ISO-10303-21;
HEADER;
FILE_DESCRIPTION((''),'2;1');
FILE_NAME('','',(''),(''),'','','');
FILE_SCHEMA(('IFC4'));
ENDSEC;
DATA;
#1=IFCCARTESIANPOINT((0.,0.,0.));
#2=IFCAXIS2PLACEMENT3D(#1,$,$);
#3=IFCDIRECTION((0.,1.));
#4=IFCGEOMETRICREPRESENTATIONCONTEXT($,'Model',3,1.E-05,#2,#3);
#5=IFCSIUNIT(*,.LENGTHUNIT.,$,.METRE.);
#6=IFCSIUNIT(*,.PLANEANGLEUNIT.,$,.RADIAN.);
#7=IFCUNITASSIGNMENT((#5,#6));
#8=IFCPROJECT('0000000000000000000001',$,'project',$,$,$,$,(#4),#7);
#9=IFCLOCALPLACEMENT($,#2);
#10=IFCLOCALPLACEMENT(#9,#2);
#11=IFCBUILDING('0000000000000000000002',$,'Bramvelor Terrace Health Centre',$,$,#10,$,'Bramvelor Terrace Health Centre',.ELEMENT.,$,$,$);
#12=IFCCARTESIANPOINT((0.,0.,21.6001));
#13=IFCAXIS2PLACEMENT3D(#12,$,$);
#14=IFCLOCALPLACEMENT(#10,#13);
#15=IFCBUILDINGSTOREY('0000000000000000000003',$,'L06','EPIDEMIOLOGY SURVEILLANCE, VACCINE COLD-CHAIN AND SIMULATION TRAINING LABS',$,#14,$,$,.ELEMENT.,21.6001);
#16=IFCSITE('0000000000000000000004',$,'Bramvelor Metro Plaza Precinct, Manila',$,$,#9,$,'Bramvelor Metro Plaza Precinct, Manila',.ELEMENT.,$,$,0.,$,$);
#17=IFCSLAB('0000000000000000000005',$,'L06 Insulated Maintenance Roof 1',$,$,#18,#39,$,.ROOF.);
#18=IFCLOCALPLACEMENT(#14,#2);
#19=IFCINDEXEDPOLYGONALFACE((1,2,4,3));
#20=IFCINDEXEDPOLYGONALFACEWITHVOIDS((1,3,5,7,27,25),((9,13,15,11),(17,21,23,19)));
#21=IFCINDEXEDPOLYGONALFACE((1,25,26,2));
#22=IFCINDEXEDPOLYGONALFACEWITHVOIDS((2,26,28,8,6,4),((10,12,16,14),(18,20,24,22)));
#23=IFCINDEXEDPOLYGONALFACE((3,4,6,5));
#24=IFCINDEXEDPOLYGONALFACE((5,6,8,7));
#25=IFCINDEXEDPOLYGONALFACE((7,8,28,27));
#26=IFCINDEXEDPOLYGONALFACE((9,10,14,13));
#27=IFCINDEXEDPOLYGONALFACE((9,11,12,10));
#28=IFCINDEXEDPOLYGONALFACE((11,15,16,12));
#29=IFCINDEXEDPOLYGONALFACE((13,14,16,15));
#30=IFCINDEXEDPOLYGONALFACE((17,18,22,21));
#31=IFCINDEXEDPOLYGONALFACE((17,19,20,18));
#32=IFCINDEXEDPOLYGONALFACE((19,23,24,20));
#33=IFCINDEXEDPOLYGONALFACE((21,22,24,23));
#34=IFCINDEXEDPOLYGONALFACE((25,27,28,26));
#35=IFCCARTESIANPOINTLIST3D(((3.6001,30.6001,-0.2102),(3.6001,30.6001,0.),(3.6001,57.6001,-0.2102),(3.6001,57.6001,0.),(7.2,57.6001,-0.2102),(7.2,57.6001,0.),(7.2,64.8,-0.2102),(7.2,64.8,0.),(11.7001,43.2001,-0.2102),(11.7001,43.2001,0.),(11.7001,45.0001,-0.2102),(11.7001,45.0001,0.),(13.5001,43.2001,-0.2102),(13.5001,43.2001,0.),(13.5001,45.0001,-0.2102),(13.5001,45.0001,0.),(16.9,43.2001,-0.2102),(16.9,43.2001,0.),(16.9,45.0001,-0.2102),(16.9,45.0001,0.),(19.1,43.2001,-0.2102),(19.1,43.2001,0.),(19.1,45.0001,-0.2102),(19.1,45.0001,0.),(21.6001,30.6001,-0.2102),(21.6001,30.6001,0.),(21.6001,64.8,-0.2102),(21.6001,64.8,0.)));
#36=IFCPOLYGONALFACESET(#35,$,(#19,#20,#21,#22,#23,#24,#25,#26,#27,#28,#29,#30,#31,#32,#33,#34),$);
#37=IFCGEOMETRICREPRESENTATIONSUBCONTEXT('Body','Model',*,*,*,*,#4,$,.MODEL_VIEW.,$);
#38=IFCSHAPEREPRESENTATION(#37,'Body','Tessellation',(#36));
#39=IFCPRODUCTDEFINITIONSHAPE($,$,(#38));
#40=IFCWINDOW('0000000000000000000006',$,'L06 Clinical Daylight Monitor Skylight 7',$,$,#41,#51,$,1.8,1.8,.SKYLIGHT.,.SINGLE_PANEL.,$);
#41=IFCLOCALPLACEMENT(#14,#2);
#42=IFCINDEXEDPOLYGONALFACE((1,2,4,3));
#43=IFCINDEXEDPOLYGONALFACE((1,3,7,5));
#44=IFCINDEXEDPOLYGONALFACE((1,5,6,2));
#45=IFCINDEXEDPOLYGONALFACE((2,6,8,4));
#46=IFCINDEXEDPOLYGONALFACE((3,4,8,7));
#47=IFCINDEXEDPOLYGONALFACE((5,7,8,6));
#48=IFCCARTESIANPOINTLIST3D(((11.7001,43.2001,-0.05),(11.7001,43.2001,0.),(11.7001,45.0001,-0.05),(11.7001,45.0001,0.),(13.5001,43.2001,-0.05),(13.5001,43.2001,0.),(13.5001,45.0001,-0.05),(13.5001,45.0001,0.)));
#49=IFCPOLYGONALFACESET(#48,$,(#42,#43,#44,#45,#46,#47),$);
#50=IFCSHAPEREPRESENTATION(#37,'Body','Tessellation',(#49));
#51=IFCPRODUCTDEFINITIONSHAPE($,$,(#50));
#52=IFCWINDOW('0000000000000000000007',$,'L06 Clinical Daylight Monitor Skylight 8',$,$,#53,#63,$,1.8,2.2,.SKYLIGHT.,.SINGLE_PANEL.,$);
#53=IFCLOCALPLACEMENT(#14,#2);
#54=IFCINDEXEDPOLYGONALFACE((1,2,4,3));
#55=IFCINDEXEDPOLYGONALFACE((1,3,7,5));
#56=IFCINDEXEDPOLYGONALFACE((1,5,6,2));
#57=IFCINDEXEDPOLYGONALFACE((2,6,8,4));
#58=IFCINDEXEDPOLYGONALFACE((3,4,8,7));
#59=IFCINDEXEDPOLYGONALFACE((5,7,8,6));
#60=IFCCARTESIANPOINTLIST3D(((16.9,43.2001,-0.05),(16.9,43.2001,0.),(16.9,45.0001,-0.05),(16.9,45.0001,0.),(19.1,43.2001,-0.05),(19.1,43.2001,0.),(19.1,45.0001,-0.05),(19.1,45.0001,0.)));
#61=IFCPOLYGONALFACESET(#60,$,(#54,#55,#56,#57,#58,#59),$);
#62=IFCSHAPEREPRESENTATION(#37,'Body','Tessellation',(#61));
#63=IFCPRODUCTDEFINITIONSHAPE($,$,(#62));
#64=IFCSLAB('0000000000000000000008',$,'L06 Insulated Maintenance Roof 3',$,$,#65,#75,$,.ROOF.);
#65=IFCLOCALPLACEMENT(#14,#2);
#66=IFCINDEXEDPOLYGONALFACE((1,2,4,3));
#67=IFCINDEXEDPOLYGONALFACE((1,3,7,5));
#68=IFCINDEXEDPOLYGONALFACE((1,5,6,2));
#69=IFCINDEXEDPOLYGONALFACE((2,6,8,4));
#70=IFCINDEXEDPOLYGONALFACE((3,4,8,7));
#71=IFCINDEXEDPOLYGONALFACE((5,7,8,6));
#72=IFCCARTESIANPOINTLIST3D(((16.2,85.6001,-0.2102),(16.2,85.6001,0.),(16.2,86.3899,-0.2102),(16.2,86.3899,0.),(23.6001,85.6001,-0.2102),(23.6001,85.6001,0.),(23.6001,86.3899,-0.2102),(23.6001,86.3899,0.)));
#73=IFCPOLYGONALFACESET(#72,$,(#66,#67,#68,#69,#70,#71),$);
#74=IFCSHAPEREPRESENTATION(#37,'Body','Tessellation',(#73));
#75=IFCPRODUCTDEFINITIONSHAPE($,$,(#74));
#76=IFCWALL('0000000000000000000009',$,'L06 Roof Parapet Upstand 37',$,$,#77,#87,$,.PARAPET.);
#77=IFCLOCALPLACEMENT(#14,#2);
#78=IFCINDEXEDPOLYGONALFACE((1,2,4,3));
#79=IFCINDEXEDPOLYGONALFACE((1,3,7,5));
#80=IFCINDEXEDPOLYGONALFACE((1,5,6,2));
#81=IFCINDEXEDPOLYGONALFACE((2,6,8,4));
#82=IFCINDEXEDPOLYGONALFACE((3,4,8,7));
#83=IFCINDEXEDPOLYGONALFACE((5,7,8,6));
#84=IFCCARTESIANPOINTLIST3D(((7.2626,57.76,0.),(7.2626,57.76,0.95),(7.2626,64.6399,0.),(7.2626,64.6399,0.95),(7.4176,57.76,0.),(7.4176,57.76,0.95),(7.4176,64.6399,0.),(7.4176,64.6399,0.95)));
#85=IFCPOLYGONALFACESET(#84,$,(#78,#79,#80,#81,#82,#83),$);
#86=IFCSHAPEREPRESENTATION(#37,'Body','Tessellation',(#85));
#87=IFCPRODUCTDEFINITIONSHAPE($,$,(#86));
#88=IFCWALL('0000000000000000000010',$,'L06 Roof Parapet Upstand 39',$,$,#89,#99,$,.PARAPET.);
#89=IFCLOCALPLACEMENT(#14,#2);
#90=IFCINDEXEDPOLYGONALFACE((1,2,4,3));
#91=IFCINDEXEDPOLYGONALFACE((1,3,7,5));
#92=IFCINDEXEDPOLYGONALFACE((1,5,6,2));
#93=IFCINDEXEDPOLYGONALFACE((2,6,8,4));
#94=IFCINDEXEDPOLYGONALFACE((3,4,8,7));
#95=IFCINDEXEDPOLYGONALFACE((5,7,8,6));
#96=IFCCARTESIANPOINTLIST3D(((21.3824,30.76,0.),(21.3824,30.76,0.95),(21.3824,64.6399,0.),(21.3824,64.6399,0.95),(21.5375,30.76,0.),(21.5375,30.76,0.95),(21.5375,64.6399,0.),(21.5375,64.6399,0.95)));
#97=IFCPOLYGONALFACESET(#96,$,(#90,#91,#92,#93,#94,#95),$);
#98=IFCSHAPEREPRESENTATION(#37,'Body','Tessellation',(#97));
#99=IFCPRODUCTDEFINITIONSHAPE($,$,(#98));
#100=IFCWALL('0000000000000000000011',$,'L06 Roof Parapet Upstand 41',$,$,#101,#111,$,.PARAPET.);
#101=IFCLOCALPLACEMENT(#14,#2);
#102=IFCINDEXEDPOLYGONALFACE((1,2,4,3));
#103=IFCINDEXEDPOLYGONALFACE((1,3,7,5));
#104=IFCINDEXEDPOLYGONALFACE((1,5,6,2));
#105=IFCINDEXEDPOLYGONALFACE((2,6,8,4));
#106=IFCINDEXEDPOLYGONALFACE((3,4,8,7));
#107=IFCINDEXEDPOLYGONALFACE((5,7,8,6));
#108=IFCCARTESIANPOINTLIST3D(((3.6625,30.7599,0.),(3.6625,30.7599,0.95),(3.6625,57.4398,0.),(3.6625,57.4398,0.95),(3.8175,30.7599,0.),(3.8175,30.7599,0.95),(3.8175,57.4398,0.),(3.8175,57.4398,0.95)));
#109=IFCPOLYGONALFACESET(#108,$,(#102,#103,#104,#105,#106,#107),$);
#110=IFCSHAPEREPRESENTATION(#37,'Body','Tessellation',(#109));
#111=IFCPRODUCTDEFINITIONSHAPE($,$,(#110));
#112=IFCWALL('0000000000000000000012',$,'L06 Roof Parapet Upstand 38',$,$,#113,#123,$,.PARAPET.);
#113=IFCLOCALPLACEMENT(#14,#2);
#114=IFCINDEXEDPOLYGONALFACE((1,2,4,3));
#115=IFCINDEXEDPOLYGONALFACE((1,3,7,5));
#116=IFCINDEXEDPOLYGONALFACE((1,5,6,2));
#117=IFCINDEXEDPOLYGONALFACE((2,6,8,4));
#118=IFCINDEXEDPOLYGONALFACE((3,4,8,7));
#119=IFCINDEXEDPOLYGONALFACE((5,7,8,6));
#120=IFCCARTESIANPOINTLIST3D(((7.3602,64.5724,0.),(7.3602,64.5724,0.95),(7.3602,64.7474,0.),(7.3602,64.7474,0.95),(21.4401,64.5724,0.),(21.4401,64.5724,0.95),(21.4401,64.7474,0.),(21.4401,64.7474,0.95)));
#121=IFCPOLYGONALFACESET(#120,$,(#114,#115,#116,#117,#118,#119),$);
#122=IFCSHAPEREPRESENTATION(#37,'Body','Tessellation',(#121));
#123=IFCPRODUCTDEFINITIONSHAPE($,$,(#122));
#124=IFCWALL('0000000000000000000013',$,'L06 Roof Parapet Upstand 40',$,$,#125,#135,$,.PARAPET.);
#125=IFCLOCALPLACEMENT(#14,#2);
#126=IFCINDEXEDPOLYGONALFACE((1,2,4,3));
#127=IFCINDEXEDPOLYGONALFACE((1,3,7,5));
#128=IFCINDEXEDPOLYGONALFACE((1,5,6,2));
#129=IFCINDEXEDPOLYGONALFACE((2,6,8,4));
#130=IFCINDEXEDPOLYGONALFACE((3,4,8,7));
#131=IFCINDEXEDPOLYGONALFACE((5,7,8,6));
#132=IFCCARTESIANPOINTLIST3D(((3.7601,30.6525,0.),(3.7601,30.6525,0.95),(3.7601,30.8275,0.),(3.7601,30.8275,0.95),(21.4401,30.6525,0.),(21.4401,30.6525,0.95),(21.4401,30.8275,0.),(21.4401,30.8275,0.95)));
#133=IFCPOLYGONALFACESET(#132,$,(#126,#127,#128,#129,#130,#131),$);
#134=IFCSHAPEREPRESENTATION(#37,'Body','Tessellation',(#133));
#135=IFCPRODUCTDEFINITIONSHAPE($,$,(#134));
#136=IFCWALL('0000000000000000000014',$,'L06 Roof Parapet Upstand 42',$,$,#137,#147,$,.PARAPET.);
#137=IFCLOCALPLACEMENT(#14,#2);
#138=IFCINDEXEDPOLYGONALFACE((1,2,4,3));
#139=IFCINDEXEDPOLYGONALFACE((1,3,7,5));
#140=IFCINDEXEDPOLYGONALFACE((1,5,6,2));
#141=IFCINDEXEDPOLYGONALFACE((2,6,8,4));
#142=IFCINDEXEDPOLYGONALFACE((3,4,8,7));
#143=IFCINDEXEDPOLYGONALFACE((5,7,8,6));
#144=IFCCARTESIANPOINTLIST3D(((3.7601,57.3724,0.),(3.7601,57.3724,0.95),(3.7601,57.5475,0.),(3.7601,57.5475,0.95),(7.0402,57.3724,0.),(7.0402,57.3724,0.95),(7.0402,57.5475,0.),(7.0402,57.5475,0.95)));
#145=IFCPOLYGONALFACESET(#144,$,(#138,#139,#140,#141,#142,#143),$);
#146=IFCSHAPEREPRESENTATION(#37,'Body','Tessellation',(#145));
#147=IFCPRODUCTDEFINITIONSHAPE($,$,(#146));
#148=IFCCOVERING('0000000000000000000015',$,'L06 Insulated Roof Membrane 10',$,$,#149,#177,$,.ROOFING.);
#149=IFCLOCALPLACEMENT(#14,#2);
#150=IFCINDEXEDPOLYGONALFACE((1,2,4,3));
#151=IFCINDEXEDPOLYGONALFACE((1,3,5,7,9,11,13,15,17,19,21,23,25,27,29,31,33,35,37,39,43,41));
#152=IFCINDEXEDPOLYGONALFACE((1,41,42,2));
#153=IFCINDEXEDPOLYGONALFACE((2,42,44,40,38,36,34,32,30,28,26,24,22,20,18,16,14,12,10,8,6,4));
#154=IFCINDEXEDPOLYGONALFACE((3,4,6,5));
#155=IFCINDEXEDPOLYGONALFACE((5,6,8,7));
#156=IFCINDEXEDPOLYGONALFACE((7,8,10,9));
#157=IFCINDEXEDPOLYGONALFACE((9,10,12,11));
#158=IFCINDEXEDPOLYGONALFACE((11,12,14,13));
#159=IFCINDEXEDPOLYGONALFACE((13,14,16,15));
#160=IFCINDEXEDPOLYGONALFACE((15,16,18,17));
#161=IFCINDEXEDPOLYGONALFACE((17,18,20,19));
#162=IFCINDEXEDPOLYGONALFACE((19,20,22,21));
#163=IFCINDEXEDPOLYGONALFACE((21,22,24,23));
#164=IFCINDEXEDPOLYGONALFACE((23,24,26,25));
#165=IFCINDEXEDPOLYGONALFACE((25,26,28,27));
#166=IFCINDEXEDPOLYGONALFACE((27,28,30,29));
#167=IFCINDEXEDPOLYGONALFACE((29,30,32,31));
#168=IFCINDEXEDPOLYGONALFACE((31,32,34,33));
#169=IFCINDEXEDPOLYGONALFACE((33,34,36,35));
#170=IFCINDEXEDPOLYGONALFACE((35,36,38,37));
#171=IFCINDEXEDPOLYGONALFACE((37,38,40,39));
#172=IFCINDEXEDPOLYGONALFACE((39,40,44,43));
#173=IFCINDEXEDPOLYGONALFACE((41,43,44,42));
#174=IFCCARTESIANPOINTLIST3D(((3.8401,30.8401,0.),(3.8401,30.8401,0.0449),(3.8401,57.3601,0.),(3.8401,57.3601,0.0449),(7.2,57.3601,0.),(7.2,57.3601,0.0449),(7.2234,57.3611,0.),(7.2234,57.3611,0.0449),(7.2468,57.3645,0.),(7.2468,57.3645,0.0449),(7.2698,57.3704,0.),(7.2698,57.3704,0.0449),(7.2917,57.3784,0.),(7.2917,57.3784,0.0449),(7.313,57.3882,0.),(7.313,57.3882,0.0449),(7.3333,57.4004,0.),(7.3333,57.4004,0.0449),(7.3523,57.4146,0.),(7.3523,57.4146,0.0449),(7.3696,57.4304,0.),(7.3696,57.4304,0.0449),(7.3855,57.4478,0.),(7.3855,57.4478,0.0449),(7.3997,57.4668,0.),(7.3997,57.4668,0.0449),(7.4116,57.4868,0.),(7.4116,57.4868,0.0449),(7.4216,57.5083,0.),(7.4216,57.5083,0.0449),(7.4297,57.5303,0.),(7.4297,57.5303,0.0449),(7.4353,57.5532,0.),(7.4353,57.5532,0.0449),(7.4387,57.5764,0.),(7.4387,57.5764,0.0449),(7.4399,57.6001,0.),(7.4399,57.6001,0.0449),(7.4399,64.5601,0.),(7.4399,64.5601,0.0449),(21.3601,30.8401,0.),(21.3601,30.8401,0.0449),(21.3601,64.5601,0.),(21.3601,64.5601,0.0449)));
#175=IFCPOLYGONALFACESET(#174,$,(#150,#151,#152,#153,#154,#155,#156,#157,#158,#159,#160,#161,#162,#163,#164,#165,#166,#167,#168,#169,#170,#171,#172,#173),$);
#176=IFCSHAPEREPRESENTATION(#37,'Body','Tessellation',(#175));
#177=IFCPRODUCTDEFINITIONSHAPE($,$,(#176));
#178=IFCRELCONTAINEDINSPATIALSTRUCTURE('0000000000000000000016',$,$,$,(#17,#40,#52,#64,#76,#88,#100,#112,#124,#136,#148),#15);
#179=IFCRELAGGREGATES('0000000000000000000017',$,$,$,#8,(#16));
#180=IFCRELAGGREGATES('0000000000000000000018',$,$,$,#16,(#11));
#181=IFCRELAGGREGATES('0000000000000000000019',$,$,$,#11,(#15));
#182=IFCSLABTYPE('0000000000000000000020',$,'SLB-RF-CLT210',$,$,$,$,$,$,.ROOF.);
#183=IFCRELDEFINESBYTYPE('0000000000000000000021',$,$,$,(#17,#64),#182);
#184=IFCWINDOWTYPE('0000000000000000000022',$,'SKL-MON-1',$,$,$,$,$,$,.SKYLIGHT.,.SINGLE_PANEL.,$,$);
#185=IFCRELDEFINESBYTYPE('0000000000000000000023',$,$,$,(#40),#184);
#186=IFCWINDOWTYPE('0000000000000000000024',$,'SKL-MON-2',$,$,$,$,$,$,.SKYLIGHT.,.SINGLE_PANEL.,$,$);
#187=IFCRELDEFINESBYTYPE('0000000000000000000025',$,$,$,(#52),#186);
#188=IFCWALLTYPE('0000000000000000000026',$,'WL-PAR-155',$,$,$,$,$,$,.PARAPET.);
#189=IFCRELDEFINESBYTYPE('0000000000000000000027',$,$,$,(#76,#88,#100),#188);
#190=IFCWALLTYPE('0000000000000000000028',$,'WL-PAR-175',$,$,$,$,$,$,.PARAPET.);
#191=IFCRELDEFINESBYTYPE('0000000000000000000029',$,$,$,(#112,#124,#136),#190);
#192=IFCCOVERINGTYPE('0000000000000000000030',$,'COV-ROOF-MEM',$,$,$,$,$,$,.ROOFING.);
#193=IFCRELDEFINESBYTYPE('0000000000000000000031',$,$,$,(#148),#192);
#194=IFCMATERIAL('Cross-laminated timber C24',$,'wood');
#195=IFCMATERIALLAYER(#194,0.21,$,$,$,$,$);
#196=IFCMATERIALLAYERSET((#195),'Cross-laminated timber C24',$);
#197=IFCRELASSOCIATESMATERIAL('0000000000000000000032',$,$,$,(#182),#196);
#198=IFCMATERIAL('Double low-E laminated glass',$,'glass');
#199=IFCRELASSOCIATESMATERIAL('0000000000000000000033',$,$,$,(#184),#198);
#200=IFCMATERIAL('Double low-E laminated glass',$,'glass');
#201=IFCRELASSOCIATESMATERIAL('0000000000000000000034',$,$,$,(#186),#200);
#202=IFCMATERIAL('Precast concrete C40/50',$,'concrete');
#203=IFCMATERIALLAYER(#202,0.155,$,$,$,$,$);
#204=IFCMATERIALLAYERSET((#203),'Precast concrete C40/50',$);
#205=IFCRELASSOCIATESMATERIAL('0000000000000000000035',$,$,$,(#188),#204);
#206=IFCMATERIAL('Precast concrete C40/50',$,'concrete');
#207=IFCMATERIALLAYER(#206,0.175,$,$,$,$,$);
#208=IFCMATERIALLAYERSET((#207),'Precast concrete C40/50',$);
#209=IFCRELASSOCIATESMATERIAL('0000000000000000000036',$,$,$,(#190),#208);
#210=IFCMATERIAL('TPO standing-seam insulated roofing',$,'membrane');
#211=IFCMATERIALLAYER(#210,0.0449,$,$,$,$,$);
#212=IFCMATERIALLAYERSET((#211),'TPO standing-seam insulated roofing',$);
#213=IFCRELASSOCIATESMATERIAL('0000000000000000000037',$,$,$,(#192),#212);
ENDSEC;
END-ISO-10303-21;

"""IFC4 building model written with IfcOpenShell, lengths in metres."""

from ifc_helpers import new_model, si_unit, direction, frame, frame_2d, origin, origin_2d, place, context, subcontext, project, spatial, polyline, rectangle, outline, extrude, material, layer, layer_set, type_object, element, fill, save


model = new_model("IFC4")

# Units and contexts
model_context = context("Model", 3, precision=1e-05, world=origin(), true_north=direction((0.0, 1.0)))
body_context = subcontext(model_context, "Body", "Model", "MODEL_VIEW")
ifc_project = project(units=[si_unit("LENGTHUNIT", "METRE"), si_unit("PLANEANGLEUNIT", "RADIAN")], contexts=[model_context])

# Site, building, storey
site_placement = place(None, origin())
site = spatial("IfcSite", under=ifc_project, at=site_placement, Name="Bramvelor Metro Plaza Precinct, Manila", LongName="Bramvelor Metro Plaza Precinct, Manila", CompositionType="ELEMENT", RefElevation=0.0)
building_placement = place(site_placement, origin())
building = spatial("IfcBuilding", under=site, at=building_placement, Name="Bramvelor Terrace Health Centre", LongName="Bramvelor Terrace Health Centre", CompositionType="ELEMENT")
storey_placement = place(building_placement, frame((0.0, 0.0, 21.6001)))
storey = spatial("IfcBuildingStorey", under=building, at=storey_placement, Name="L06", Description="EPIDEMIOLOGY SURVEILLANCE, VACCINE COLD-CHAIN AND SIMULATION TRAINING LABS", CompositionType="ELEMENT", Elevation=21.6001)

# Slab, openings, windows
ifc_material_1 = material(Name="Cross-laminated timber C24", Category="wood")
ifc_layer_1 = layer(ifc_material_1, 0.21)
ifc_layer_set_1 = layer_set([ifc_layer_1], Name="Cross-laminated timber C24")
slab_type_1 = type_object("IfcSlabType", Name="SLB-RF-CLT210", PredefinedType="ROOF", material=ifc_layer_set_1)
slab_1_placement = place(storey_placement, frame((0.0, 0.0, -0.2102)))
slab_1 = element("IfcSlab", 1, at=slab_1_placement, inside=storey, type_object=slab_type_1, Name="L06 Insulated Maintenance Roof 1", PredefinedType="ROOF", context=body_context, shape_type="SweptSolid", body=[
    extrude(outline(polyline([(7.2, 57.6001), (7.2, 64.8), (21.6001, 64.8), (21.6001, 30.6001), (3.6001, 30.6001), (3.6001, 57.6001), (7.2, 57.6001)])), origin(), (0.0, 0.0, 1.0), 0.2102),
])
opening_1_placement = place(slab_1_placement, frame((12.6001, 44.1001, 0.0)))
opening_1 = element("IfcOpeningElement", 2, at=opening_1_placement, cuts=slab_1, PredefinedType="OPENING", context=body_context, shape_type="SweptSolid", body=[
    extrude(rectangle(XDim=1.8, YDim=1.8, at=origin_2d()), origin(), (0.0, 0.0, 1.0), 0.2102),
])
opening_2_placement = place(slab_1_placement, frame((18.0, 44.1001, 0.0)))
opening_2 = element("IfcOpeningElement", 3, at=opening_2_placement, cuts=slab_1, PredefinedType="OPENING", context=body_context, shape_type="SweptSolid", body=[
    extrude(rectangle(XDim=2.2, YDim=1.8, at=origin_2d()), origin(), (0.0, 0.0, 1.0), 0.2102),
])
ifc_material_2 = material(Name="Double low-E laminated glass", Category="glass")
window_type_1 = type_object("IfcWindowType", Name="SKL-MON-1", PartitioningType="SINGLE_PANEL", PredefinedType="SKYLIGHT", material=ifc_material_2)
window_1_placement = place(opening_1_placement, frame((0.0, 0.0, 0.1602)))
window_1 = element("IfcWindow", 4, at=window_1_placement, inside=storey, type_object=window_type_1, Name="L06 Clinical Daylight Monitor Skylight 7", OverallHeight=1.8, OverallWidth=1.8, PartitioningType="SINGLE_PANEL", PredefinedType="SKYLIGHT", context=body_context, shape_type="SweptSolid", body=[
    extrude(rectangle(XDim=1.8, YDim=1.8, at=origin_2d()), origin(), (0.0, 0.0, 1.0), 0.05),
])
fill(opening_1, window_1)
ifc_material_3 = material(Name="Double low-E laminated glass", Category="glass")
window_type_2 = type_object("IfcWindowType", Name="SKL-MON-2", PartitioningType="SINGLE_PANEL", PredefinedType="SKYLIGHT", material=ifc_material_3)
window_2_placement = place(opening_2_placement, frame((0.0, 0.0, 0.1602)))
window_2 = element("IfcWindow", 5, at=window_2_placement, inside=storey, type_object=window_type_2, Name="L06 Clinical Daylight Monitor Skylight 8", OverallHeight=1.8, OverallWidth=2.2, PartitioningType="SINGLE_PANEL", PredefinedType="SKYLIGHT", context=body_context, shape_type="SweptSolid", body=[
    extrude(rectangle(XDim=2.2, YDim=1.8, at=origin_2d()), origin(), (0.0, 0.0, 1.0), 0.05),
])
fill(opening_2, window_2)

# Slab
slab_2_placement = place(storey_placement, frame((0.0, 0.0, -0.2102)))
element("IfcSlab", 6, at=slab_2_placement, inside=storey, type_object=slab_type_1, Name="L06 Insulated Maintenance Roof 3", PredefinedType="ROOF", context=body_context, shape_type="SweptSolid", body=[
    extrude(outline(polyline([(23.6001, 86.3899), (23.6001, 85.6001), (16.2, 85.6001), (16.2, 86.3899), (23.6001, 86.3899)])), origin(), (0.0, 0.0, 1.0), 0.2102),
])

# Walls
ifc_material_4 = material(Name="Precast concrete C40/50", Category="concrete")
ifc_layer_2 = layer(ifc_material_4, 0.155)
ifc_layer_set_2 = layer_set([ifc_layer_2], Name="Precast concrete C40/50")
wall_type_1 = type_object("IfcWallType", Name="WL-PAR-155", PredefinedType="PARAPET", material=ifc_layer_set_2)
wall_1_placement = place(storey_placement, frame((7.3401, 57.76, 0.0), z_axis=(0.0, 0.0, 1.0), x_axis=(0.0, 1.0, 0.0)))
element("IfcWall", 7, at=wall_1_placement, inside=storey, type_object=wall_type_1, Name="L06 Roof Parapet Upstand 37", PredefinedType="PARAPET", context=body_context, shape_type="SweptSolid", body=[
    extrude(rectangle(XDim=6.8799, YDim=0.155, at=frame_2d((3.4399, 0.0))), origin(), (0.0, 0.0, 1.0), 0.95),
])
wall_2_placement = place(storey_placement, frame((21.46, 64.6399, 0.0), z_axis=(0.0, 0.0, 1.0), x_axis=(0.0, -1.0, 0.0)))
element("IfcWall", 8, at=wall_2_placement, inside=storey, type_object=wall_type_1, Name="L06 Roof Parapet Upstand 39", PredefinedType="PARAPET", context=body_context, shape_type="SweptSolid", body=[
    extrude(rectangle(XDim=33.8799, YDim=0.155, at=frame_2d((16.9399, 0.0))), origin(), (0.0, 0.0, 1.0), 0.95),
])
wall_3_placement = place(storey_placement, frame((3.74, 30.76, 0.0), z_axis=(0.0, 0.0, 1.0), x_axis=(0.0, 1.0, 0.0)))
element("IfcWall", 9, at=wall_3_placement, inside=storey, type_object=wall_type_1, Name="L06 Roof Parapet Upstand 41", PredefinedType="PARAPET", context=body_context, shape_type="SweptSolid", body=[
    extrude(rectangle(XDim=26.6799, YDim=0.155, at=frame_2d((13.3398, 0.0))), origin(), (0.0, 0.0, 1.0), 0.95),
])
ifc_material_5 = material(Name="Precast concrete C40/50", Category="concrete")
ifc_layer_3 = layer(ifc_material_5, 0.175)
ifc_layer_set_3 = layer_set([ifc_layer_3], Name="Precast concrete C40/50")
wall_type_2 = type_object("IfcWallType", Name="WL-PAR-175", PredefinedType="PARAPET", material=ifc_layer_set_3)
wall_4_placement = place(storey_placement, frame((7.3601, 64.6599, 0.0), z_axis=(0.0, 0.0, 1.0), x_axis=(1.0, 0.0, 0.0)))
element("IfcWall", 10, at=wall_4_placement, inside=storey, type_object=wall_type_2, Name="L06 Roof Parapet Upstand 38", PredefinedType="PARAPET", context=body_context, shape_type="SweptSolid", body=[
    extrude(rectangle(XDim=14.0798, YDim=0.175, at=frame_2d((7.04, 0.0))), origin(), (0.0, 0.0, 1.0), 0.95),
])
wall_5_placement = place(storey_placement, frame((21.4399, 30.74, 0.0), z_axis=(0.0, 0.0, 1.0), x_axis=(-1.0, 0.0, 0.0)))
element("IfcWall", 11, at=wall_5_placement, inside=storey, type_object=wall_type_2, Name="L06 Roof Parapet Upstand 40", PredefinedType="PARAPET", context=body_context, shape_type="SweptSolid", body=[
    extrude(rectangle(XDim=17.6799, YDim=0.175, at=frame_2d((8.8398, 0.0))), origin(), (0.0, 0.0, 1.0), 0.95),
])
wall_6_placement = place(storey_placement, frame((3.76, 57.46, 0.0), z_axis=(0.0, 0.0, 1.0), x_axis=(1.0, 0.0, 0.0)))
element("IfcWall", 12, at=wall_6_placement, inside=storey, type_object=wall_type_2, Name="L06 Roof Parapet Upstand 42", PredefinedType="PARAPET", context=body_context, shape_type="SweptSolid", body=[
    extrude(rectangle(XDim=3.28, YDim=0.175, at=frame_2d((1.6401, 0.0))), origin(), (0.0, 0.0, 1.0), 0.95),
])

# Covering
ifc_material_6 = material(Name="TPO standing-seam insulated roofing", Category="membrane")
ifc_layer_4 = layer(ifc_material_6, 0.0449)
ifc_layer_set_4 = layer_set([ifc_layer_4], Name="TPO standing-seam insulated roofing")
covering_type = type_object("IfcCoveringType", Name="COV-ROOF-MEM", PredefinedType="ROOFING", material=ifc_layer_set_4)
covering_placement = place(storey_placement, origin())
element("IfcCovering", 13, at=covering_placement, inside=storey, type_object=covering_type, Name="L06 Insulated Roof Membrane 10", PredefinedType="ROOFING", context=body_context, shape_type="SweptSolid", body=[
    extrude(outline(polyline([(7.2, 57.3601), (7.2234, 57.3611), (7.2468, 57.3645), (7.2698, 57.3704), (7.2917, 57.3784), (7.313, 57.3882), (7.3333, 57.4004), (7.3523, 57.4146), (7.3696, 57.4304), (7.3855, 57.4478), (7.3997, 57.4668), (7.4116, 57.4868), (7.4216, 57.5083), (7.4297, 57.5303), (7.4353, 57.5532), (7.4387, 57.5764), (7.4399, 57.6001), (7.4399, 64.5601), (21.3601, 64.5601), (21.3601, 30.8401), (3.8401, 30.8401), (3.8401, 57.3601), (7.2, 57.3601)])), origin(), (0.0, 0.0, 1.0), 0.0449),
])

save(model, "model.ifc")
